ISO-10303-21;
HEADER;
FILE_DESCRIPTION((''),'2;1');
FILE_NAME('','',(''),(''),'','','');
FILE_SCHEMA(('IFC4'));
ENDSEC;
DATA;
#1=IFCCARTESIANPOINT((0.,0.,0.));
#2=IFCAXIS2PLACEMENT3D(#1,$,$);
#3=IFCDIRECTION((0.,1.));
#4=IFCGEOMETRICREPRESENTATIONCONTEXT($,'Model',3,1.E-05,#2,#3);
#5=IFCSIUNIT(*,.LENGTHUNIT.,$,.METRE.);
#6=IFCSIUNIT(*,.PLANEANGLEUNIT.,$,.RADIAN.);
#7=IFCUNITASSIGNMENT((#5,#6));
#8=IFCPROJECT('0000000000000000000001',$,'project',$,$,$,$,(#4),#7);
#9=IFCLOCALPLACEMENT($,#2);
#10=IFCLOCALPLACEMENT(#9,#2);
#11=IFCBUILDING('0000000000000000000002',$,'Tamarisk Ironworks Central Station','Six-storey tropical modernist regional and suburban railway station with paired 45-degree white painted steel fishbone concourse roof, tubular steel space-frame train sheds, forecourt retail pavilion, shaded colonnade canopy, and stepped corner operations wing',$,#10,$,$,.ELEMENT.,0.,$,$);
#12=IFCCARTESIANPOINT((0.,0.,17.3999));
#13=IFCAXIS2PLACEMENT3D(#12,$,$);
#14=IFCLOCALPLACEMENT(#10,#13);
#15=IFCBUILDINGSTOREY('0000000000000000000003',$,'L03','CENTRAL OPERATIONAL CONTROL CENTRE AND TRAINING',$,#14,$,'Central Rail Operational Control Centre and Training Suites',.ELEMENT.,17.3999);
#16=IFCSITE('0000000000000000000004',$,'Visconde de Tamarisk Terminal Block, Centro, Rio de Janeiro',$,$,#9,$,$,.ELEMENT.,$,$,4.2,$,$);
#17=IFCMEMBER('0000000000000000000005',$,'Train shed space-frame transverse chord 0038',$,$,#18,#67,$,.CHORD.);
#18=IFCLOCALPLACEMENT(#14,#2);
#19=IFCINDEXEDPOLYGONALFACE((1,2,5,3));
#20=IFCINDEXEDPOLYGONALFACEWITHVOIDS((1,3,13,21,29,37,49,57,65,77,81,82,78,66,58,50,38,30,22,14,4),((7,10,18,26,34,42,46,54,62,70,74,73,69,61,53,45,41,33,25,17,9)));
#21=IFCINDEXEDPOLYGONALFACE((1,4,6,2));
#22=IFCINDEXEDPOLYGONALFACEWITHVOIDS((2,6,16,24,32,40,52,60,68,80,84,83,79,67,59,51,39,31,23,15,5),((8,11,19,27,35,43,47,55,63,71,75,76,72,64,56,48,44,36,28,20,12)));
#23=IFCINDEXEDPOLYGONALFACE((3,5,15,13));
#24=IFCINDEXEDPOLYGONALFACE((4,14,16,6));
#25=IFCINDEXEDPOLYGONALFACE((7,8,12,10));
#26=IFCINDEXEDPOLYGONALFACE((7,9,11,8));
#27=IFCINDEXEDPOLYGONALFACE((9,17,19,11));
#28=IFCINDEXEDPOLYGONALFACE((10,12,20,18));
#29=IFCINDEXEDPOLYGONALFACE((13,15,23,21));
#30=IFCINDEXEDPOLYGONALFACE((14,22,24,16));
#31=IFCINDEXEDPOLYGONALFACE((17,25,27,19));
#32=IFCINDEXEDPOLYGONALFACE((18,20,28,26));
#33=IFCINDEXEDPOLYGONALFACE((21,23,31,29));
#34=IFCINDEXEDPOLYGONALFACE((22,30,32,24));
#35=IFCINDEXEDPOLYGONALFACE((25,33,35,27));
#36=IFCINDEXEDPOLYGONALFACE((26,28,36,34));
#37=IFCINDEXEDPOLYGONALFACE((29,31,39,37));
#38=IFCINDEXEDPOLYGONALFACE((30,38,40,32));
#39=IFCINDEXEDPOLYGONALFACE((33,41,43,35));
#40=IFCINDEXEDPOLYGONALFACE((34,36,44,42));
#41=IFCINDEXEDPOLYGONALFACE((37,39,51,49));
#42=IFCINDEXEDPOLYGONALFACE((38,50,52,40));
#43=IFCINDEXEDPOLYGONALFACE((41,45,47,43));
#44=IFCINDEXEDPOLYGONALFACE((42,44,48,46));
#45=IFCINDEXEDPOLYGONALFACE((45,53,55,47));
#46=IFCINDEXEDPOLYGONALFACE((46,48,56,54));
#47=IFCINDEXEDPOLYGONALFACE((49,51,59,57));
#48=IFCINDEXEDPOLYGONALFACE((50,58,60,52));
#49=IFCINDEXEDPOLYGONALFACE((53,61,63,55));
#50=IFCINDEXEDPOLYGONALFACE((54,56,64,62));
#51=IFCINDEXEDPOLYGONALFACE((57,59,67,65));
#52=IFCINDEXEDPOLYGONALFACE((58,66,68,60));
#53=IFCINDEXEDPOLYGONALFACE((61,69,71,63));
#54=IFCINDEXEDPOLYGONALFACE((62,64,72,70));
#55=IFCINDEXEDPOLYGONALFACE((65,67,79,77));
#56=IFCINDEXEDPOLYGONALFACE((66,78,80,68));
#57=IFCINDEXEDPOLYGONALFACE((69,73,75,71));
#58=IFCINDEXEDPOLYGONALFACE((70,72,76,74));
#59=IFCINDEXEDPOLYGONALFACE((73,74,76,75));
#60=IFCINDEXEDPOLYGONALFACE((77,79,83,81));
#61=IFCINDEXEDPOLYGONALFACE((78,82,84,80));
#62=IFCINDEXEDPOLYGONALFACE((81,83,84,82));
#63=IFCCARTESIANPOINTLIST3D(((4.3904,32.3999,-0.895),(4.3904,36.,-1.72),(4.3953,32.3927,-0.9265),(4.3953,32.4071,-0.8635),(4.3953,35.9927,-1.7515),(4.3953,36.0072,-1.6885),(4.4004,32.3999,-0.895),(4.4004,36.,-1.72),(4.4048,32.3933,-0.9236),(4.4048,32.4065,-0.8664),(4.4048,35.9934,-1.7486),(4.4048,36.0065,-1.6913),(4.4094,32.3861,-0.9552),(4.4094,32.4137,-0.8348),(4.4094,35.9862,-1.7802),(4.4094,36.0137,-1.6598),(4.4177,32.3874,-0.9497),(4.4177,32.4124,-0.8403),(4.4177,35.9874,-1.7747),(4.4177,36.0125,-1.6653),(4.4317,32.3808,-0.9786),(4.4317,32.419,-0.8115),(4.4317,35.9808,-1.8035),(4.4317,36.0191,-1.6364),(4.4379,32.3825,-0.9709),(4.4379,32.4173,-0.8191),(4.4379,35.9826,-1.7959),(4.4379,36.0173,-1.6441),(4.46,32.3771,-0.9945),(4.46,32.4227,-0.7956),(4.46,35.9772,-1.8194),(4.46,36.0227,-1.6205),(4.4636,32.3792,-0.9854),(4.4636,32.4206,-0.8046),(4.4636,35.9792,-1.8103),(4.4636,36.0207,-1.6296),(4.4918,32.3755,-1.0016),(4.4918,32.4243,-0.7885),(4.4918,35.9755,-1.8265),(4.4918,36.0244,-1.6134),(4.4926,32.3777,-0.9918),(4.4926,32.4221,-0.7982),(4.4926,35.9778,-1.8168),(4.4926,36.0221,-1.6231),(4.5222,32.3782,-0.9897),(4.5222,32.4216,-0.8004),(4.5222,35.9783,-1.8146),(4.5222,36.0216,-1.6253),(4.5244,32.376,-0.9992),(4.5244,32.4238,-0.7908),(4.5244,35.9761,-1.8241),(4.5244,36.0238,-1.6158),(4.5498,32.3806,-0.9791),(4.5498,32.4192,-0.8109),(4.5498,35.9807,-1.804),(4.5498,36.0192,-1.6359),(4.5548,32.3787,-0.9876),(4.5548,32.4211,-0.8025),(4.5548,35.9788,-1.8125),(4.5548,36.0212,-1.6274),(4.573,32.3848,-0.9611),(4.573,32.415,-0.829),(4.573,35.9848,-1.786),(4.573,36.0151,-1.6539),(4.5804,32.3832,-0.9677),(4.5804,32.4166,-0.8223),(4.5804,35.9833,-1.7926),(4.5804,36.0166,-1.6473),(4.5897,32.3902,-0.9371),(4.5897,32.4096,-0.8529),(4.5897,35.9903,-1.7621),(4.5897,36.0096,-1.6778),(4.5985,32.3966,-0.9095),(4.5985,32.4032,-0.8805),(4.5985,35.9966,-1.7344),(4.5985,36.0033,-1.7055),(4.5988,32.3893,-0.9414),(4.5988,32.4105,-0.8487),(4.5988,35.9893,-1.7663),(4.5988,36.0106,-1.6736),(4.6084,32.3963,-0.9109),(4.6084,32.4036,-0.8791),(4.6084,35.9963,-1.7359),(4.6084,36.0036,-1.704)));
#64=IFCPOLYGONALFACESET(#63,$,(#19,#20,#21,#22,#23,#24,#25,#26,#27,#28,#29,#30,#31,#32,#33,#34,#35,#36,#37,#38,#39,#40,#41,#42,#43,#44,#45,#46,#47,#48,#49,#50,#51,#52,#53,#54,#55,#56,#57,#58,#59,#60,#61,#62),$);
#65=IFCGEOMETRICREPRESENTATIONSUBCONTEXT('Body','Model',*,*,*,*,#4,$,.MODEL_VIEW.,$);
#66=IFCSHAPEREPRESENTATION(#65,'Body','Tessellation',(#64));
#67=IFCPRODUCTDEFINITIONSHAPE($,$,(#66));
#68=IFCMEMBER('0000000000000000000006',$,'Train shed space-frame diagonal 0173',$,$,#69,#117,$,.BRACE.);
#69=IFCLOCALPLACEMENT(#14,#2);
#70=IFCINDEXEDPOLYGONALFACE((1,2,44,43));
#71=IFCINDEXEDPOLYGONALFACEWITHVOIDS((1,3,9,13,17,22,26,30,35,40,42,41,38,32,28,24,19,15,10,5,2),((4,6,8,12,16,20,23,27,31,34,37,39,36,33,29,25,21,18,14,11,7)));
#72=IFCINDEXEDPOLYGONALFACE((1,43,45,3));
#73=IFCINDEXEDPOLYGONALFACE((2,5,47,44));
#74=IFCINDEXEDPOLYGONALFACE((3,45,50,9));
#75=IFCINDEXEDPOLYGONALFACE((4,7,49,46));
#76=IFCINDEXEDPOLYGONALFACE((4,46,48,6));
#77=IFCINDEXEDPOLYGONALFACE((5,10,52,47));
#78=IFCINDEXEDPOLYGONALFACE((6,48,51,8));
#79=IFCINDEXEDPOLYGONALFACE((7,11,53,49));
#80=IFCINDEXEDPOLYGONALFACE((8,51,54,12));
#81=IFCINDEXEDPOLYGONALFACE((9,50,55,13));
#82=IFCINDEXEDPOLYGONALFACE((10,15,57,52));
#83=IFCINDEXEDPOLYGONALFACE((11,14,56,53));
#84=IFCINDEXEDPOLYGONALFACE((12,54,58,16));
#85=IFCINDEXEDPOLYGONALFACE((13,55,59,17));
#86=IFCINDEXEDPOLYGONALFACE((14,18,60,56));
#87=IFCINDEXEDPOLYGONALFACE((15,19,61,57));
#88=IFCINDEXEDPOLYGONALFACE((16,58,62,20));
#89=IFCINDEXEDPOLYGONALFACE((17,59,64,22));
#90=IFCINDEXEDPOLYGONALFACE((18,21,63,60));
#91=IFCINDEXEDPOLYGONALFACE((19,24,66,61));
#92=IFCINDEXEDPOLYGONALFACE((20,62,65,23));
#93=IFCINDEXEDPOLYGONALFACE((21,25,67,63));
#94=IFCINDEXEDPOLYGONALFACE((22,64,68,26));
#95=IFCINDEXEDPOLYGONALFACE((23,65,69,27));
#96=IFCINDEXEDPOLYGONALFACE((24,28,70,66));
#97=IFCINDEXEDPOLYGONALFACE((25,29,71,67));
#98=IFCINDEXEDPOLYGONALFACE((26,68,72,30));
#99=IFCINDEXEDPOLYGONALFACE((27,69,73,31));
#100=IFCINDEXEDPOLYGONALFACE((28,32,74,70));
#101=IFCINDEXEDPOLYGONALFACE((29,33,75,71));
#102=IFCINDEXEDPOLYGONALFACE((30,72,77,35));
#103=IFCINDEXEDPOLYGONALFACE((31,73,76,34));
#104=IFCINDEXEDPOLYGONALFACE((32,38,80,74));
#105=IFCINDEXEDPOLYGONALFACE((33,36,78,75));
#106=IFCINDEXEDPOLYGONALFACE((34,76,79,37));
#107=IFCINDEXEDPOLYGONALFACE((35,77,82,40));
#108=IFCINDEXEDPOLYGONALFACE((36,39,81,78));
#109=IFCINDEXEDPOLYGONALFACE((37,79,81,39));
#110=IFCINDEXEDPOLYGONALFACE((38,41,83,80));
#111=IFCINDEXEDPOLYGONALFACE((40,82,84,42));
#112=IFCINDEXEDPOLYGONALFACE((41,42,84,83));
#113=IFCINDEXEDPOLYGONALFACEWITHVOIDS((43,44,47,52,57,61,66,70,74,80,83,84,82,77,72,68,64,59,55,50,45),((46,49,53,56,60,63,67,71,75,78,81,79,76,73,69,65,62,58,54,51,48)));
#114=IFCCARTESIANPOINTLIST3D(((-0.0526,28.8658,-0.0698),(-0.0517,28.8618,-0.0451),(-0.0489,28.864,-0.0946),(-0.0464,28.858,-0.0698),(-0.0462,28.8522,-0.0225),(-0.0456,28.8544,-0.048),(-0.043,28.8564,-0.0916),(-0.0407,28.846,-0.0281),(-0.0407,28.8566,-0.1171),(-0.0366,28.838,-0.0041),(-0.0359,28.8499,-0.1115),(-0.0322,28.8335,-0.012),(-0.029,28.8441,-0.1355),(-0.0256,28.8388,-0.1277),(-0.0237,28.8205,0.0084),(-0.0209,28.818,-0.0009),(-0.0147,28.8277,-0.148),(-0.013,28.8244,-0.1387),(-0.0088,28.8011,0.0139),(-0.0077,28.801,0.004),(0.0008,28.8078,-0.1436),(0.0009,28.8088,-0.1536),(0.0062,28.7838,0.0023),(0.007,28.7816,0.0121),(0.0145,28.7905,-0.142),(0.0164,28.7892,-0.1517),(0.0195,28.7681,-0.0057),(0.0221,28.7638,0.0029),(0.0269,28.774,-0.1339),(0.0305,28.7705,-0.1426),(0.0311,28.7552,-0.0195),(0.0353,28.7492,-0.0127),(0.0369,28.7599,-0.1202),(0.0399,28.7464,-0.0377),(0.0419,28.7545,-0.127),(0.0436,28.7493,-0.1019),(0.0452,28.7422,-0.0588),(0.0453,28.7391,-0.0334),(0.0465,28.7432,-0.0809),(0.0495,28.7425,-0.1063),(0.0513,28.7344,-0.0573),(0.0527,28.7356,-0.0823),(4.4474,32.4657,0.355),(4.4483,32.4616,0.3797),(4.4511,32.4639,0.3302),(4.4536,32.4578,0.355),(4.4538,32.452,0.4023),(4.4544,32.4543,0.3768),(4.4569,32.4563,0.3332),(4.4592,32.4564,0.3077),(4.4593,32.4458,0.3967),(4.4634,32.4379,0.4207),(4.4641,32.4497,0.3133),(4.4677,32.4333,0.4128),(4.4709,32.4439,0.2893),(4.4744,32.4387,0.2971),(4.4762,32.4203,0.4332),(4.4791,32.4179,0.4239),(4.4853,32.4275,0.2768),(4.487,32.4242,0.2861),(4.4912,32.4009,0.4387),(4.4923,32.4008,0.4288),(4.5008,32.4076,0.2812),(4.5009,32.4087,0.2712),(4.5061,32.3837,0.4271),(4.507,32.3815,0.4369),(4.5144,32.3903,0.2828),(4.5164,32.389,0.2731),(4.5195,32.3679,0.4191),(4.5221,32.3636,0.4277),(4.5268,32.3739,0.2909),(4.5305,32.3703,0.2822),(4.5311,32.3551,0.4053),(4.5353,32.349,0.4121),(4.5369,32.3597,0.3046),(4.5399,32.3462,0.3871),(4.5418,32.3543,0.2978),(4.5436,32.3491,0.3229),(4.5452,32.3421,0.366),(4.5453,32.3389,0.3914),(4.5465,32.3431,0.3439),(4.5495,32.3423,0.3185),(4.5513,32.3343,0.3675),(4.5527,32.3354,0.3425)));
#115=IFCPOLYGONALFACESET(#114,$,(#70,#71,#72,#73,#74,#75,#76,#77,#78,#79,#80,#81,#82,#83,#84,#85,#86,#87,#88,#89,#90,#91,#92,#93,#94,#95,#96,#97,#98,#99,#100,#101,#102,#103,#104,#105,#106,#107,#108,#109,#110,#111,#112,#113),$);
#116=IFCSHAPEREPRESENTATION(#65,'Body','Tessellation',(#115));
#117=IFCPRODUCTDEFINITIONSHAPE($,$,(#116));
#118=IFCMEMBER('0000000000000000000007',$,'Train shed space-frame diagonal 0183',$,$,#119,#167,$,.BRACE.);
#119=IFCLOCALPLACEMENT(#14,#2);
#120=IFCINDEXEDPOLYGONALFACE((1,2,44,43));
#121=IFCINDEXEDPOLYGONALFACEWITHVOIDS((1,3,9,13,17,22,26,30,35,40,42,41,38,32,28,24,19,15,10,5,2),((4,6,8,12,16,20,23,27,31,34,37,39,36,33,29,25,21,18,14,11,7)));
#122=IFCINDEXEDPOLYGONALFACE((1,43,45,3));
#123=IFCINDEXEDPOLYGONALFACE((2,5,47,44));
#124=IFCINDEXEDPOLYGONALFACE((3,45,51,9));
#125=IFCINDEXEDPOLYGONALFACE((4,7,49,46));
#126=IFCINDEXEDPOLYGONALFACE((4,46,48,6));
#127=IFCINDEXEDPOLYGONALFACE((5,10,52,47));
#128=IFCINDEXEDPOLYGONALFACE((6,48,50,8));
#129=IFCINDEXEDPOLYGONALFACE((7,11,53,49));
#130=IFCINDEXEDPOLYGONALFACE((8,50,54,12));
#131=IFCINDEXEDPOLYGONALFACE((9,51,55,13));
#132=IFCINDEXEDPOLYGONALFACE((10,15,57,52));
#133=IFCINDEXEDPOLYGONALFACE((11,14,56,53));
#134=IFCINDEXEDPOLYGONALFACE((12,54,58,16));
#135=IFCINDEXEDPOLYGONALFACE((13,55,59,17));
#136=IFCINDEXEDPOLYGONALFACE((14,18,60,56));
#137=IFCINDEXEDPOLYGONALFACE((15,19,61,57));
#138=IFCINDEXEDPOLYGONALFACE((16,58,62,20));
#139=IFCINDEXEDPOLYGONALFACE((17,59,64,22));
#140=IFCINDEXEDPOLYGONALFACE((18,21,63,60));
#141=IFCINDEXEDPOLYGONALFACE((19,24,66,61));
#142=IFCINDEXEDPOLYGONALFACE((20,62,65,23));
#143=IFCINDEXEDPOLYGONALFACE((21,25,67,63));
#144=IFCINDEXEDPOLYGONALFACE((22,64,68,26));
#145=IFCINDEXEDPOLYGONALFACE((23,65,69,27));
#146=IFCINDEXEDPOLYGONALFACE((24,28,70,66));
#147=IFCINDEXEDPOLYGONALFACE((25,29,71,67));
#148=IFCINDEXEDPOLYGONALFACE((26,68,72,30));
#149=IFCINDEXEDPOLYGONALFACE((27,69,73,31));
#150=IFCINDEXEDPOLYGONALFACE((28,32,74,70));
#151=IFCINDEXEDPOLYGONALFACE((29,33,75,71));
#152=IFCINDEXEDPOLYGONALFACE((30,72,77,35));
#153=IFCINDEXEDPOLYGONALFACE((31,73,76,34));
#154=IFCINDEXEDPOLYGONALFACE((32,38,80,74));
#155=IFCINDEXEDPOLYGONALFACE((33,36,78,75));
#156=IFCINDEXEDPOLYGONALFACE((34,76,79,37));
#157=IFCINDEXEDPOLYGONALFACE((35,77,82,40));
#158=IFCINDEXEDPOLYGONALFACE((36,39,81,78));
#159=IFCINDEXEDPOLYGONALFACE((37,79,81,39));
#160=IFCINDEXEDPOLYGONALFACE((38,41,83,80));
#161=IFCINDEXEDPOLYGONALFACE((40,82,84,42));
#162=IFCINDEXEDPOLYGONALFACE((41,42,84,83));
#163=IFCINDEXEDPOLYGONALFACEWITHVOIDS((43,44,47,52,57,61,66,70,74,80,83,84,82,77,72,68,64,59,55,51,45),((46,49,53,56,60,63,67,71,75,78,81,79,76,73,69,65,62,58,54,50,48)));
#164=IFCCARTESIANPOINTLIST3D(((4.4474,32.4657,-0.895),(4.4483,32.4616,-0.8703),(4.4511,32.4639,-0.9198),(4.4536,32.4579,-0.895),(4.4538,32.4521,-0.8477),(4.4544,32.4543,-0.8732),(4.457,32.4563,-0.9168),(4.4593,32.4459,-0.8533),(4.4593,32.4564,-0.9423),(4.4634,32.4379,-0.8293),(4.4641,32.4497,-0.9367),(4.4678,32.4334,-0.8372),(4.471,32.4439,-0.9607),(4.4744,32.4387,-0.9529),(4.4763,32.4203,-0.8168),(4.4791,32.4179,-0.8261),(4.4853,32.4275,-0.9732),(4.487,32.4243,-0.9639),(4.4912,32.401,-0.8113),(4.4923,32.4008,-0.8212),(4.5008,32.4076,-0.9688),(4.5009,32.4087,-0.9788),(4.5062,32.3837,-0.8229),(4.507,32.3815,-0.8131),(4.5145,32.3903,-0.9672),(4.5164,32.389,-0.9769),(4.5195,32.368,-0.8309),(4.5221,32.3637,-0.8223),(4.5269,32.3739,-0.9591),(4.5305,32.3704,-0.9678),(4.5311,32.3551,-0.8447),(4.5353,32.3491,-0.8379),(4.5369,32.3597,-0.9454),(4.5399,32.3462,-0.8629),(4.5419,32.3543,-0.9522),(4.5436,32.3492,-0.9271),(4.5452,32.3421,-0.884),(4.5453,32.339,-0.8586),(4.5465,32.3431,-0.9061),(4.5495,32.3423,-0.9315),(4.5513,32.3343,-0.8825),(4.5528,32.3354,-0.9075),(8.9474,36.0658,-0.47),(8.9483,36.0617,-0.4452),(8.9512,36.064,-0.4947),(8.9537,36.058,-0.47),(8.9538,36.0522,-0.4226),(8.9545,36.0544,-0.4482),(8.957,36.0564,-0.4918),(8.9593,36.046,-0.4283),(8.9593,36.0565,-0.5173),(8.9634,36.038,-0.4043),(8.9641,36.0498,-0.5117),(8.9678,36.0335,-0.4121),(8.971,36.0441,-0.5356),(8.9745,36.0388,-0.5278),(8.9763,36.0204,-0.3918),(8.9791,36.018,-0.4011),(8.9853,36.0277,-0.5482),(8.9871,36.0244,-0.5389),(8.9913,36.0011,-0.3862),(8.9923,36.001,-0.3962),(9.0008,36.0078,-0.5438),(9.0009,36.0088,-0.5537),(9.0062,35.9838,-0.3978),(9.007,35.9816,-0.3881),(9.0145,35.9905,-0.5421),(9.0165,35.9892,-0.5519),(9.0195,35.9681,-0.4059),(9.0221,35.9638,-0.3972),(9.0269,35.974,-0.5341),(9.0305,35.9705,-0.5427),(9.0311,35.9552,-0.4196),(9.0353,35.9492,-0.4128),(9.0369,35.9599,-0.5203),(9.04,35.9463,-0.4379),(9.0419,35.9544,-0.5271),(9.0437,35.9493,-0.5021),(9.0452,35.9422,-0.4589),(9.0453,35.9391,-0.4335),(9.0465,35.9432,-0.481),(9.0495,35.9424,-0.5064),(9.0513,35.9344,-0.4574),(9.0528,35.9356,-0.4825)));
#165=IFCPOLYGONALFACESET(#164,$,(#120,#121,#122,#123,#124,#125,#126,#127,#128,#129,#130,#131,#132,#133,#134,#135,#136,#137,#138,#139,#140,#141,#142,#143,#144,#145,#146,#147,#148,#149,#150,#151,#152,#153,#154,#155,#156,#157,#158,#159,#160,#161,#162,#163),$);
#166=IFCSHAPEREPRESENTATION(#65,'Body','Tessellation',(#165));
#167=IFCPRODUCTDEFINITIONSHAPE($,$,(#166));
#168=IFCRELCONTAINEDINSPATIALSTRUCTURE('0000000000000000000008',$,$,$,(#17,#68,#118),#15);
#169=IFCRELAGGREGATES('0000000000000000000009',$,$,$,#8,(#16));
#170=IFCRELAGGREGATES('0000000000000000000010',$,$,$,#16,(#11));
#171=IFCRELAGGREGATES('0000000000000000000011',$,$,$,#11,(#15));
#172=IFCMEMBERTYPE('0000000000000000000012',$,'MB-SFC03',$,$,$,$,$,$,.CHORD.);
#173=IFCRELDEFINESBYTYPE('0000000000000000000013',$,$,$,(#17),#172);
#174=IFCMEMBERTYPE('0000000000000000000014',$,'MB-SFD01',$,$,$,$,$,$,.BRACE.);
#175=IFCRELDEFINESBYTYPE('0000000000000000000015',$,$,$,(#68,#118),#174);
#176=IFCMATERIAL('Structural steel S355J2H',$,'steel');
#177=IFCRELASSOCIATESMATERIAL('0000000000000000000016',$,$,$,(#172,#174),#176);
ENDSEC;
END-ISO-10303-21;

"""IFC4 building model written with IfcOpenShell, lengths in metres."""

from ifc_helpers import new_model, si_unit, direction, frame, origin, origin_2d, place, context, subcontext, project, spatial, hollow_circle, extrude, material, material_profile, profile_set, type_object, element, save


model = new_model("IFC4")

# Units and contexts
model_context = context("Model", 3, precision=1e-05, world=origin(), true_north=direction((0.0, 1.0)))
body_context = subcontext(model_context, "Body", "Model", "MODEL_VIEW")
ifc_project = project(units=[si_unit("LENGTHUNIT", "METRE"), si_unit("PLANEANGLEUNIT", "RADIAN")], contexts=[model_context])

# Site, building, storey
site_placement = place(None, origin())
site = spatial("IfcSite", under=ifc_project, at=site_placement, Name="Visconde de Tamarisk Terminal Block, Centro, Rio de Janeiro", CompositionType="ELEMENT", RefElevation=4.2)
building_placement = place(site_placement, origin())
building = spatial("IfcBuilding", under=site, at=building_placement, Name="Tamarisk Ironworks Central Station", Description="Six-storey tropical modernist regional and suburban railway station with paired 45-degree white painted steel fishbone concourse roof, tubular steel space-frame train sheds, forecourt retail pavilion, shaded colonnade canopy, and stepped corner operations wing", CompositionType="ELEMENT", ElevationOfRefHeight=0.0)
storey_placement = place(building_placement, frame((0.0, 0.0, 17.3999)))
storey = spatial("IfcBuildingStorey", under=building, at=storey_placement, Name="L03", Description="CENTRAL OPERATIONAL CONTROL CENTRE AND TRAINING", LongName="Central Rail Operational Control Centre and Training Suites", CompositionType="ELEMENT", Elevation=17.3999)

# Members
ifc_material_1 = material(Name="Structural steel S355J2H", Category="steel")
ifc_material_profile_1 = material_profile(ifc_material_1, hollow_circle(Radius=0.1096, WallThickness=0.01, at=origin_2d()), Name="CHS 219.1x10")
ifc_profile_set_1 = profile_set([ifc_material_profile_1], Name="Structural steel S355J2H")
member_type_1 = type_object("IfcMemberType", Name="MB-SFC03", PredefinedType="CHORD", material=ifc_profile_set_1)
member_1_placement = place(storey_placement, frame((4.5, 32.3999, -0.895), z_axis=(0.0, 0.974737, -0.223358), x_axis=(-1.0, 0.0, 0.0)))
element("IfcMember", 1, at=member_1_placement, inside=storey, type_object=member_type_1, Name="Train shed space-frame transverse chord 0038", PredefinedType="CHORD", context=body_context, shape_type="SweptSolid", body=[
    extrude(hollow_circle(Radius=0.1096, WallThickness=0.01, at=origin_2d()), origin(), (0.0, 0.0, 1.0), 3.6934),
])
ifc_material_profile_2 = material_profile(ifc_material_1, hollow_circle(Radius=0.0842, WallThickness=0.01, at=origin_2d()), Name="CHS 168.3x10")
ifc_profile_set_2 = profile_set([ifc_material_profile_2], Name="Structural steel S355J2H")
member_type_2 = type_object("IfcMemberType", Name="MB-SFD01", PredefinedType="BRACE", material=ifc_profile_set_2)
member_2_placement = place(storey_placement, frame((0.0, 28.8, -0.0698), z_axis=(0.778768, 0.622989, 0.073517), x_axis=(-0.62468, 0.780881, 0.0)))
element("IfcMember", 2, at=member_2_placement, inside=storey, type_object=member_type_2, Name="Train shed space-frame diagonal 0173", PredefinedType="BRACE", context=body_context, shape_type="SweptSolid", body=[
    extrude(hollow_circle(Radius=0.0842, WallThickness=0.01, at=origin_2d()), origin(), (0.0, 0.0, 1.0), 5.7783),
])
member_3_placement = place(storey_placement, frame((4.5, 32.3999, -0.895), z_axis=(0.778745, 0.623013, 0.073557), x_axis=(-0.624705, 0.780861, 0.0)))
element("IfcMember", 3, at=member_3_placement, inside=storey, type_object=member_type_2, Name="Train shed space-frame diagonal 0183", PredefinedType="BRACE", context=body_context, shape_type="SweptSolid", body=[
    extrude(hollow_circle(Radius=0.0842, WallThickness=0.01, at=origin_2d()), origin(), (0.0, 0.0, 1.0), 5.7786),
])

save(model, "model.ifc")
